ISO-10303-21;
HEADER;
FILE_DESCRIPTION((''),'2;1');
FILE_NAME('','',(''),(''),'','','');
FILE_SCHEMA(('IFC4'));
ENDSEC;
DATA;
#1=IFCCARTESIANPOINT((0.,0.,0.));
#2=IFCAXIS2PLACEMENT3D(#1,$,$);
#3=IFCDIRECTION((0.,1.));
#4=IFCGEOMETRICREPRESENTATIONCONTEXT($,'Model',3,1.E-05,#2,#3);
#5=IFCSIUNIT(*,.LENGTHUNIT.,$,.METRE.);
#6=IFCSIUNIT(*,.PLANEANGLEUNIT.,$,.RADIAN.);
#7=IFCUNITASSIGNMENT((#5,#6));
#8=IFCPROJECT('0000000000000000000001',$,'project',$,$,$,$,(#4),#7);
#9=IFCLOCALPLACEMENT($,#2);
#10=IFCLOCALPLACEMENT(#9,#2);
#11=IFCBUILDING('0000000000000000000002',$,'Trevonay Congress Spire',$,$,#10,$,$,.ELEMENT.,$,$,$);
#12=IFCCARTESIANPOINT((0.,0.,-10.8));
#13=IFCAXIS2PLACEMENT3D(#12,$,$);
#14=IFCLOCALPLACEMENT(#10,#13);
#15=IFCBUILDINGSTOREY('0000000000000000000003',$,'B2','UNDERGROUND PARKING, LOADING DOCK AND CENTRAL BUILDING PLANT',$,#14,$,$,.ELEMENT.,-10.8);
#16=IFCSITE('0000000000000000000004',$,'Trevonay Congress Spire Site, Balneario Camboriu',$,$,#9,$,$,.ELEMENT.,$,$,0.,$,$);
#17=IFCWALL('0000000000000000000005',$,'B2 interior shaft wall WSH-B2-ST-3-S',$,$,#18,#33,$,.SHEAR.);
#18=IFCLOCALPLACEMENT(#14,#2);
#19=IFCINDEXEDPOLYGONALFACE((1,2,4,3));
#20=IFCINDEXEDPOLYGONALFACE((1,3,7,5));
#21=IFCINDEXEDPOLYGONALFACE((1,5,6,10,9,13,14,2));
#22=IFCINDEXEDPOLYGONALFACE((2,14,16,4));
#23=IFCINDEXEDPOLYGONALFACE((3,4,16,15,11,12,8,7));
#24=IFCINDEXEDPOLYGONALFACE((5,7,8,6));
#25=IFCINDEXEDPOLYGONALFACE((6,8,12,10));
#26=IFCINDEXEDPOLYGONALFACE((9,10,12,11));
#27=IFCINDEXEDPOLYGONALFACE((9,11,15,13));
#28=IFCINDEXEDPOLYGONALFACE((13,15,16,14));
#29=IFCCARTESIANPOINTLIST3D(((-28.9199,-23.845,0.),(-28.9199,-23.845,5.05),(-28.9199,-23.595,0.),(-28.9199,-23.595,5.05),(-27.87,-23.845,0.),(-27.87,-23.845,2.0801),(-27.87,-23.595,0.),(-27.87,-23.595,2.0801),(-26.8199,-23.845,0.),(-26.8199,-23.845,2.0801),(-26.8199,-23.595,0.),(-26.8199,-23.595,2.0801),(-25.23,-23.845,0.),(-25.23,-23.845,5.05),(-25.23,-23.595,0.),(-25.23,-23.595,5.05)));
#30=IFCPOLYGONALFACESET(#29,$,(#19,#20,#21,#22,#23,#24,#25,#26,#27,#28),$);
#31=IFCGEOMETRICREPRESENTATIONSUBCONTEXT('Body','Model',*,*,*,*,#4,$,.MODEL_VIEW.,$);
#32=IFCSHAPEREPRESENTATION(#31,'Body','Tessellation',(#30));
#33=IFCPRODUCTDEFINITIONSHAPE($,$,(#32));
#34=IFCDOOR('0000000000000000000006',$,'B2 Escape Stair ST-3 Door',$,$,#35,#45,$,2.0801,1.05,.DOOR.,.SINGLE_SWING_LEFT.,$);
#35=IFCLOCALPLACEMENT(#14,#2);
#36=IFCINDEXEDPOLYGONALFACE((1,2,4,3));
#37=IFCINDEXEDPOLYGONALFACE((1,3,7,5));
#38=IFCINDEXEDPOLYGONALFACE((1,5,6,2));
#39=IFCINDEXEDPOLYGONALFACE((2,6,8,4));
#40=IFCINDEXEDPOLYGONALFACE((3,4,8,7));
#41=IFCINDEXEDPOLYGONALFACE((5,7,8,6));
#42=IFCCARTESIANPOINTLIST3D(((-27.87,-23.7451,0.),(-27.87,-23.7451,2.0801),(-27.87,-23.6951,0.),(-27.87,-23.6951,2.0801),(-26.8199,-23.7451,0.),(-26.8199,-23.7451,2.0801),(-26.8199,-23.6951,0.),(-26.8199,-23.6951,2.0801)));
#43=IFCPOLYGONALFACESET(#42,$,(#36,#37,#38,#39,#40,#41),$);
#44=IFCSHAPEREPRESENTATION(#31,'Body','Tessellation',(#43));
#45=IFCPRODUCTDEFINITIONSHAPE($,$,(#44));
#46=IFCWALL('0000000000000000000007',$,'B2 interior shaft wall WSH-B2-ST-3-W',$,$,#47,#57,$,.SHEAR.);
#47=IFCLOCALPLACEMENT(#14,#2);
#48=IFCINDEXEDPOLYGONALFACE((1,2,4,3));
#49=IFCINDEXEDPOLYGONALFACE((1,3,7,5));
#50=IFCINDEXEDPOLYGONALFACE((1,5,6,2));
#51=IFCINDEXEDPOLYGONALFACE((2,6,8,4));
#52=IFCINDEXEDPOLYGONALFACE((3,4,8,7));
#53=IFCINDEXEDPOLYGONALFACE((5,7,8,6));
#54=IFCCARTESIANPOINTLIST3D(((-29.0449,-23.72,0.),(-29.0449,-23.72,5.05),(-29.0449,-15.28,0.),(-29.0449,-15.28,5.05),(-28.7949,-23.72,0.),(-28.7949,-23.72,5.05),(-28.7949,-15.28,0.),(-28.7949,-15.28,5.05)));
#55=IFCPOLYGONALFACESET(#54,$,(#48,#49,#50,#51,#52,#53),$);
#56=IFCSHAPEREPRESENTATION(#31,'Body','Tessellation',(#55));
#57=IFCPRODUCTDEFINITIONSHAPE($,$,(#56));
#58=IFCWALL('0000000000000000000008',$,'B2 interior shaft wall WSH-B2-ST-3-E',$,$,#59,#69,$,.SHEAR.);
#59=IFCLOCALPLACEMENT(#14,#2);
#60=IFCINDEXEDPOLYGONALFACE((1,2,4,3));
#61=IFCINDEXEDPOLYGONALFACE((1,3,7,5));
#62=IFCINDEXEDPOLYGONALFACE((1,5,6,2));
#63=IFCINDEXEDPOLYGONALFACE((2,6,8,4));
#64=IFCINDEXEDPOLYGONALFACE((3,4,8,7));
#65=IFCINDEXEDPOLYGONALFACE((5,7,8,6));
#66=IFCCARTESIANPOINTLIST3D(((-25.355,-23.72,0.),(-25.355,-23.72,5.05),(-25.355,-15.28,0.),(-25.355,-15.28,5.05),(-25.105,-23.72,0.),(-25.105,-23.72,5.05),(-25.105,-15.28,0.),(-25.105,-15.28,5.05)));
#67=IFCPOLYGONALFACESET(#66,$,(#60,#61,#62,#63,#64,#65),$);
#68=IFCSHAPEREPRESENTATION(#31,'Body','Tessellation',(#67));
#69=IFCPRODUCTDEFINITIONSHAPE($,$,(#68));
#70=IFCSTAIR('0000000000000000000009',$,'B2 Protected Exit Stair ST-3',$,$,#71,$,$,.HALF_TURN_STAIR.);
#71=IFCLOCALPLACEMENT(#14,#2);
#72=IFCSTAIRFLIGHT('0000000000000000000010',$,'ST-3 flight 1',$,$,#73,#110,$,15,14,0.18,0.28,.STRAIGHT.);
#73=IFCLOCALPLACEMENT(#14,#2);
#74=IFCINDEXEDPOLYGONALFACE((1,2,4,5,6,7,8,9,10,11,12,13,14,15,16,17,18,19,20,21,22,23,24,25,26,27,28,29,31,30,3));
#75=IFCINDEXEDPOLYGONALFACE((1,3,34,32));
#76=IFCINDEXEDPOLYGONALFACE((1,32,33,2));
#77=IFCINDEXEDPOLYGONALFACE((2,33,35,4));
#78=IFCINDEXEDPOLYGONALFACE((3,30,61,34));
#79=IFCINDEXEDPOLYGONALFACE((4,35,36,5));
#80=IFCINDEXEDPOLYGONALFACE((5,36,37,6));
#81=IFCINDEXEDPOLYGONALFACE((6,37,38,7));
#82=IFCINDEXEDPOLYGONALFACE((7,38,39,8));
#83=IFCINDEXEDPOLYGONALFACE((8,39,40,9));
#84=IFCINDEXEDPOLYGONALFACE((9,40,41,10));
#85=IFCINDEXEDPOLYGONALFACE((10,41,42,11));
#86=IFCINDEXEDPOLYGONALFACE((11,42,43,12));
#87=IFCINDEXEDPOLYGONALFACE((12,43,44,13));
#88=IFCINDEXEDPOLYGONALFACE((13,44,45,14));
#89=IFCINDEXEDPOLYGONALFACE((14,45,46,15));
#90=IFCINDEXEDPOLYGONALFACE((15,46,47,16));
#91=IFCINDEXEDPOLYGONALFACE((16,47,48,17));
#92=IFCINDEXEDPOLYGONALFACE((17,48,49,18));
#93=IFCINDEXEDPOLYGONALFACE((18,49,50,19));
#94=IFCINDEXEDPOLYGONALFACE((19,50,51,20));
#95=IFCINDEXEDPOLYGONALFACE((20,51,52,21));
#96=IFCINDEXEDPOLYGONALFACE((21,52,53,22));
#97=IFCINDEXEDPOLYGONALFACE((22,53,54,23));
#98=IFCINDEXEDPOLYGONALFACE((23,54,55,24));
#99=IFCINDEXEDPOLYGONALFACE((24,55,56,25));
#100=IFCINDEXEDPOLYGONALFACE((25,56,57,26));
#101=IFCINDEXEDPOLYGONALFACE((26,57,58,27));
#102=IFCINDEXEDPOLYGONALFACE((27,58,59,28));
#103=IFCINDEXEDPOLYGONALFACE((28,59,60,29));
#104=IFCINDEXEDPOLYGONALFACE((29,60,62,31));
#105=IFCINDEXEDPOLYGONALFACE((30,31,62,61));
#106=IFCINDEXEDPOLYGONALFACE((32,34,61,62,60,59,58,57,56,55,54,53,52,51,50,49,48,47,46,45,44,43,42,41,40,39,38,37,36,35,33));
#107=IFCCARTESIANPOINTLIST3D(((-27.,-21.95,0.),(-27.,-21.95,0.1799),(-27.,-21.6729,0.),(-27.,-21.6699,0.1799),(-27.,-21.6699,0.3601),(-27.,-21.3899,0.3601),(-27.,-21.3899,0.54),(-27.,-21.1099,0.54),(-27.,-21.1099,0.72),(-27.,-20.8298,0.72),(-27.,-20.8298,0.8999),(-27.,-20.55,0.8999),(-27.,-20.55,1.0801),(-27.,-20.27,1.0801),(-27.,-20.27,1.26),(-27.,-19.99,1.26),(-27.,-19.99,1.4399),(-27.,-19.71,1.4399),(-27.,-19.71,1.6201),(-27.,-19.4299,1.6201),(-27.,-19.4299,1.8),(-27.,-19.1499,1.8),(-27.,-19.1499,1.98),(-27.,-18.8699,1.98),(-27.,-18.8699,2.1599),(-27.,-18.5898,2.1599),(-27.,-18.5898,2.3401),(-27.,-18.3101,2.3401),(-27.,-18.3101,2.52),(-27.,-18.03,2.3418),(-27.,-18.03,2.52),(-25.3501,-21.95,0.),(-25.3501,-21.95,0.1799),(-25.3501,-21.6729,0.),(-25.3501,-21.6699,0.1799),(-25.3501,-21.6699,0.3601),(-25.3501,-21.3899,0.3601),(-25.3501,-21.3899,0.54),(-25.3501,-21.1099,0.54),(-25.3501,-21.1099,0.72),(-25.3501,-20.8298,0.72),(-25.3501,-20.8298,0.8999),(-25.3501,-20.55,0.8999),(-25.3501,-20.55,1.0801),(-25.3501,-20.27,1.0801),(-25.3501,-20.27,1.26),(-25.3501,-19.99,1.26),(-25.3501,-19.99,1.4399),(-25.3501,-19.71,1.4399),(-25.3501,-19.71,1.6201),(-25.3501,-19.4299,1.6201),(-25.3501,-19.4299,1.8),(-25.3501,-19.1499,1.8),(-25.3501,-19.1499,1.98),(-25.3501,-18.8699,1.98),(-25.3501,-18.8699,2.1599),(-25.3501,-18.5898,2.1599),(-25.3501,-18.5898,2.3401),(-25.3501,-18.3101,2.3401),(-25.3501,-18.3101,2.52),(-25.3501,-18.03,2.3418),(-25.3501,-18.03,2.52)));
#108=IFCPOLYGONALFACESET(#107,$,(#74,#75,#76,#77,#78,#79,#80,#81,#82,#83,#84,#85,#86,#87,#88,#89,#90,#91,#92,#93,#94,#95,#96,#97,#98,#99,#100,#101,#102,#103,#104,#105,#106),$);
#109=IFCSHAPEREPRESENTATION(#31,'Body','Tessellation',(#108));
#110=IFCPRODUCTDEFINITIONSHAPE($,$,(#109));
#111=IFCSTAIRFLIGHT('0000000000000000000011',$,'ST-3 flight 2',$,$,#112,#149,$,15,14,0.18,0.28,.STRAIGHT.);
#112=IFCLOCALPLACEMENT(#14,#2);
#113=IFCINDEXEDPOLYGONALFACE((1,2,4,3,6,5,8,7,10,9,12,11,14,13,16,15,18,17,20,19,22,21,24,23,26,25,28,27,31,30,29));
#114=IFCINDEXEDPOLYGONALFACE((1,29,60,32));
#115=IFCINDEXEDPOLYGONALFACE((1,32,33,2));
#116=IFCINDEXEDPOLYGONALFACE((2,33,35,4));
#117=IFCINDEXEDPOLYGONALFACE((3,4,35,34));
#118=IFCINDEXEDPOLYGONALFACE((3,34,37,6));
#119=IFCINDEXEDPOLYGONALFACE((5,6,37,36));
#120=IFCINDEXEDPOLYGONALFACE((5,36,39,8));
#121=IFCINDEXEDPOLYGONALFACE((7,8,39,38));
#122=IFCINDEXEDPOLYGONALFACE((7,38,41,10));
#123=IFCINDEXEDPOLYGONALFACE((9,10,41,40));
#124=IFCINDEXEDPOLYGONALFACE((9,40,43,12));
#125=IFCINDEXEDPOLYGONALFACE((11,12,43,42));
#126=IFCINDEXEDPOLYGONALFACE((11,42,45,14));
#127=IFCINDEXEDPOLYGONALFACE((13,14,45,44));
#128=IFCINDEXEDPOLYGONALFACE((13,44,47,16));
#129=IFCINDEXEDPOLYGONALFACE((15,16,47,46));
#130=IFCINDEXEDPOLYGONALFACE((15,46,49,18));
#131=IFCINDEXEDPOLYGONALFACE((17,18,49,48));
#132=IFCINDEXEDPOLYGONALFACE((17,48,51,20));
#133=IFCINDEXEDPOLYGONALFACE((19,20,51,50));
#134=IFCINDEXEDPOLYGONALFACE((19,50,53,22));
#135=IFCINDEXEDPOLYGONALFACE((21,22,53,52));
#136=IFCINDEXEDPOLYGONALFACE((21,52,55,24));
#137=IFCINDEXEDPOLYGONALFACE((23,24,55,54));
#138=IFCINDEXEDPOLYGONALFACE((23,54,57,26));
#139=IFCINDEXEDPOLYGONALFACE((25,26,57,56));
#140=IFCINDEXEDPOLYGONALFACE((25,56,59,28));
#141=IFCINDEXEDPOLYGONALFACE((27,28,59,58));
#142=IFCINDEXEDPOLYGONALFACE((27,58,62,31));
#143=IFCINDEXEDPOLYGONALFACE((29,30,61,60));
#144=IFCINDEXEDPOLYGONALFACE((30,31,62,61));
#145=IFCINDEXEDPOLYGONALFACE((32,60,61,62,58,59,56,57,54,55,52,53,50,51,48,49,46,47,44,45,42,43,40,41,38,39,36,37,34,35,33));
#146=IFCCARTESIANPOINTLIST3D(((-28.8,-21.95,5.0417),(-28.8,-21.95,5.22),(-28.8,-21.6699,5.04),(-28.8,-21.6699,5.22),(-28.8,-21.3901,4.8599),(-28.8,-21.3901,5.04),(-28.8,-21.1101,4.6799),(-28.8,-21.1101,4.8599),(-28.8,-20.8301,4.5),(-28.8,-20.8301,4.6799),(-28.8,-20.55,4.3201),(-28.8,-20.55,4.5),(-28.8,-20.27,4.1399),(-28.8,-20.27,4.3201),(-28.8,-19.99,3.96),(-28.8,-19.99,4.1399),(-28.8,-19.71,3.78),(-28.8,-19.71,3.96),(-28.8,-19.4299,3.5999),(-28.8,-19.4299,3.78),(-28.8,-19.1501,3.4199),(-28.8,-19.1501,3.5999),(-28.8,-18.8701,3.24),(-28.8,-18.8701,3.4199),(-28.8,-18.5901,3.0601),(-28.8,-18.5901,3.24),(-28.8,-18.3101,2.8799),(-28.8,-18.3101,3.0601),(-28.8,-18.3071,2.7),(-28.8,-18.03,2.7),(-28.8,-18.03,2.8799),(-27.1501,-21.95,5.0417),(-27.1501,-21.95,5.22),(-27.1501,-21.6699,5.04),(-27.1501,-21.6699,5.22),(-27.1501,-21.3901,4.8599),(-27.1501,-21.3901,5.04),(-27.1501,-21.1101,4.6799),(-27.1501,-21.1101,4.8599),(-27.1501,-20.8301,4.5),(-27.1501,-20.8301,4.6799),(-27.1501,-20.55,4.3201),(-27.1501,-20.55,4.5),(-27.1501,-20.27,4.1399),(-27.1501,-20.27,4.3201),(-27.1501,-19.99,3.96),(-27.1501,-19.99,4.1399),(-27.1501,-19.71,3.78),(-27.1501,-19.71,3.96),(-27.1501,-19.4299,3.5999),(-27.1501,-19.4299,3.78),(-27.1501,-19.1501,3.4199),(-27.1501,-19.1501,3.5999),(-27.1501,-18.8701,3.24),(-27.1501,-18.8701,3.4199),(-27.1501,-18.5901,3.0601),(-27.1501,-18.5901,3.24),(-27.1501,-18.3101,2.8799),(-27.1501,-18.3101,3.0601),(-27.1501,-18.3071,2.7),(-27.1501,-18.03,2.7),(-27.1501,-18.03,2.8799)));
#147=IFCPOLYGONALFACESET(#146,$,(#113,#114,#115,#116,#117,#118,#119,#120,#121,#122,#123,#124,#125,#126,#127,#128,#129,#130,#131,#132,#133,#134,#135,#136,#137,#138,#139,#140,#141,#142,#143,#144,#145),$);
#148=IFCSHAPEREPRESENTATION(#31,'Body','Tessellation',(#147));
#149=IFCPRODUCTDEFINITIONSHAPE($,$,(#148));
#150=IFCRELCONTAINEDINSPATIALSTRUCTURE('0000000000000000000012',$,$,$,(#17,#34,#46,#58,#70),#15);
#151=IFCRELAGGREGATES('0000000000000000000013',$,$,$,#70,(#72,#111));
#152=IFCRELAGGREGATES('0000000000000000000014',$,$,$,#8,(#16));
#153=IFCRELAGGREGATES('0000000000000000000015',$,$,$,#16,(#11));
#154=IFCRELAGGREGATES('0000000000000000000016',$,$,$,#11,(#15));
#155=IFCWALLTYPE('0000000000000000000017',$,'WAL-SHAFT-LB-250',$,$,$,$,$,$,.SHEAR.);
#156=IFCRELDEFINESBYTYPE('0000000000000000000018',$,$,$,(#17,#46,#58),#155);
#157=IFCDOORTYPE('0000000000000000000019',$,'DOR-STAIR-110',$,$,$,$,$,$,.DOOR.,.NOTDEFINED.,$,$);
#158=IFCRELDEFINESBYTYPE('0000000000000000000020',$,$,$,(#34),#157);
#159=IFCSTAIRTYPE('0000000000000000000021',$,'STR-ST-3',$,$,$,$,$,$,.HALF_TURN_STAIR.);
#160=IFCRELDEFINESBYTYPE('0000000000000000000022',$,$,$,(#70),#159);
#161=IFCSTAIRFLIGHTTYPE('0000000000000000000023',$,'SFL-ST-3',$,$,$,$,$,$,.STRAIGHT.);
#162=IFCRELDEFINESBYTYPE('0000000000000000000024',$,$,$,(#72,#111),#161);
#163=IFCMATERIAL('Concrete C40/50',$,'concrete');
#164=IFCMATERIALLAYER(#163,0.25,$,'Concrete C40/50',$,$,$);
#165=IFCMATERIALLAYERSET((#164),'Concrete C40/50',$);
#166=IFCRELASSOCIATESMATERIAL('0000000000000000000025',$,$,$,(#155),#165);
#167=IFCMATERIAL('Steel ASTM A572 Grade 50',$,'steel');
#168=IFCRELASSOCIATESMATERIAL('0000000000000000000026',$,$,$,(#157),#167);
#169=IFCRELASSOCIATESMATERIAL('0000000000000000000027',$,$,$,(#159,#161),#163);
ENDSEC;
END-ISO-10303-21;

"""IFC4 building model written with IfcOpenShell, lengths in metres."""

from ifc_helpers import new_model, si_unit, direction, frame, frame_2d, origin, place, context, subcontext, project, spatial, polyline, rectangle, outline, extrude, material, layer, layer_set, type_object, element, fill, aggregate, save


model = new_model("IFC4")

# Units and contexts
model_context = context("Model", 3, precision=1e-05, world=origin(), true_north=direction((0.0, 1.0)))
body_context = subcontext(model_context, "Body", "Model", "MODEL_VIEW")
ifc_project = project(units=[si_unit("LENGTHUNIT", "METRE"), si_unit("PLANEANGLEUNIT", "RADIAN")], contexts=[model_context])

# Site, building, storey
site_placement = place(None, origin())
site = spatial("IfcSite", under=ifc_project, at=site_placement, Name="Trevonay Congress Spire Site, Balneario Camboriu", CompositionType="ELEMENT", RefElevation=0.0)
building_placement = place(site_placement, origin())
building = spatial("IfcBuilding", under=site, at=building_placement, Name="Trevonay Congress Spire", CompositionType="ELEMENT")
storey_placement = place(building_placement, frame((0.0, 0.0, -10.8)))
storey = spatial("IfcBuildingStorey", under=building, at=storey_placement, Name="B2", Description="UNDERGROUND PARKING, LOADING DOCK AND CENTRAL BUILDING PLANT", CompositionType="ELEMENT", Elevation=-10.8)

# Wall, opening, door
ifc_material_1 = material(Name="Concrete C40/50", Category="concrete")
ifc_layer_1 = layer(ifc_material_1, 0.25, Name="Concrete C40/50")
ifc_layer_set_1 = layer_set([ifc_layer_1], Name="Concrete C40/50")
wall_type_1 = type_object("IfcWallType", Name="WAL-SHAFT-LB-250", PredefinedType="SHEAR", material=ifc_layer_set_1)
wall_1_placement = place(storey_placement, frame((-28.9199, -23.72, 0.0), z_axis=(0.0, 0.0, 1.0), x_axis=(1.0, 0.0, 0.0)))
wall_1 = element("IfcWall", 1, at=wall_1_placement, inside=storey, type_object=wall_type_1, Name="B2 interior shaft wall WSH-B2-ST-3-S", PredefinedType="SHEAR", context=body_context, shape_type="SweptSolid", body=[
    extrude(rectangle(XDim=3.6899, YDim=0.25, at=frame_2d((1.845, 0.0))), origin(), (0.0, 0.0, 1.0), 5.05),
])
opening_placement = place(wall_1_placement, frame((1.05, 0.0, 0.0)))
opening = element("IfcOpeningElement", 2, at=opening_placement, cuts=wall_1, PredefinedType="OPENING", context=body_context, shape_type="SweptSolid", body=[
    extrude(rectangle(XDim=1.05, YDim=2.0801, at=frame_2d((0.5249, 1.04))), frame((0.0, 0.135, 0.0), z_axis=(0.0, -1.0, 0.0), x_axis=(1.0, 0.0, 0.0)), (0.0, 0.0, 1.0), 0.27),
])
ifc_material_2 = material(Name="Steel ASTM A572 Grade 50", Category="steel")
door_type = type_object("IfcDoorType", Name="DOR-STAIR-110", OperationType="NOTDEFINED", PredefinedType="DOOR", material=ifc_material_2)
door_placement = place(opening_placement, origin())
door = element("IfcDoor", 3, at=door_placement, inside=storey, type_object=door_type, Name="B2 Escape Stair ST-3 Door", OperationType="SINGLE_SWING_LEFT", OverallHeight=2.0801, OverallWidth=1.05, PredefinedType="DOOR", context=body_context, shape_type="SweptSolid", body=[
    extrude(rectangle(XDim=1.05, YDim=2.0801, at=frame_2d((0.5249, 1.04))), frame((0.0, 0.0249, 0.0), z_axis=(0.0, -1.0, 0.0), x_axis=(1.0, 0.0, 0.0)), (0.0, 0.0, 1.0), 0.05),
])
fill(opening, door)

# Walls
for number, where, z_axis, x_axis, name in (
    (4, (-28.9199, -23.72, 0.0), (0.0, 0.0, 1.0), (0.0, 1.0, 0.0), "B2 interior shaft wall WSH-B2-ST-3-W"),
    (5, (-25.23, -23.72, 0.0), (0.0, 0.0, 1.0), (0.0, 1.0, 0.0), "B2 interior shaft wall WSH-B2-ST-3-E"),
):
    element("IfcWall", number, at=place(storey_placement, frame(where, z_axis=z_axis, x_axis=x_axis)), inside=storey, type_object=wall_type_1, Name=name, PredefinedType="SHEAR", context=body_context, shape_type="SweptSolid", body=[
        extrude(rectangle(XDim=8.4399, YDim=0.25, at=frame_2d((4.22, 0.0))), origin(), (0.0, 0.0, 1.0), 5.05),
    ])

# Stair, stair flights
stair_type = type_object("IfcStairType", Name="STR-ST-3", PredefinedType="HALF_TURN_STAIR", material=ifc_material_1)
stair_placement = place(storey_placement, origin())
stair = element("IfcStair", 6, at=stair_placement, inside=storey, type_object=stair_type, Name="B2 Protected Exit Stair ST-3", PredefinedType="HALF_TURN_STAIR")
stair_flight_type = type_object("IfcStairFlightType", Name="SFL-ST-3", PredefinedType="STRAIGHT", material=ifc_material_1)
stair_flight_1_placement = place(storey_placement, frame((-26.175, -21.95, 0.0), z_axis=(0.0, 0.0, 1.0), x_axis=(0.0, 1.0, 0.0)))
stair_flight_1 = element("IfcStairFlight", 7, at=stair_flight_1_placement, type_object=stair_flight_type, Name="ST-3 flight 1", NumberOfRisers=15, NumberOfTreads=14, PredefinedType="STRAIGHT", RiserHeight=0.18, TreadLength=0.28, context=body_context, shape_type="SweptSolid", body=[
    extrude(outline(polyline([(0.0, 0.0), (0.0, 0.1799), (0.28, 0.1799), (0.28, 0.3601), (0.5601, 0.3601), (0.5601, 0.54), (0.8401, 0.54), (0.8401, 0.72), (1.1201, 0.72), (1.1201, 0.8999), (1.3999, 0.8999), (1.3999, 1.0801), (1.6799, 1.0801), (1.6799, 1.26), (1.96, 1.26), (1.96, 1.4399), (2.24, 1.4399), (2.24, 1.6201), (2.52, 1.6201), (2.52, 1.8), (2.8, 1.8), (2.8, 1.98), (3.0801, 1.98), (3.0801, 2.1599), (3.3601, 2.1599), (3.3601, 2.3401), (3.6399, 2.3401), (3.6399, 2.52), (3.9199, 2.52), (3.9199, 2.7), (3.9199, 2.3418), (0.2771, 0.0), (0.0, 0.0)])), frame((0.0, 0.825, 0.0), z_axis=(0.0, -1.0, 0.0), x_axis=(1.0, 0.0, 0.0)), (0.0, 0.0, 1.0), 1.6499),
])
stair_flight_2_placement = place(storey_placement, frame((-27.9751, -18.03, 2.7), z_axis=(0.0, 0.0, 1.0), x_axis=(0.0, -1.0, 0.0)))
stair_flight_2 = element("IfcStairFlight", 8, at=stair_flight_2_placement, type_object=stair_flight_type, Name="ST-3 flight 2", NumberOfRisers=15, NumberOfTreads=14, PredefinedType="STRAIGHT", RiserHeight=0.18, TreadLength=0.28, context=body_context, shape_type="SweptSolid", body=[
    extrude(outline(polyline([(0.0, 0.0), (0.0, 0.1799), (0.28, 0.1799), (0.28, 0.3601), (0.5601, 0.3601), (0.5601, 0.54), (0.8401, 0.54), (0.8401, 0.72), (1.1201, 0.72), (1.1201, 0.8999), (1.3999, 0.8999), (1.3999, 1.0801), (1.6799, 1.0801), (1.6799, 1.26), (1.96, 1.26), (1.96, 1.4399), (2.24, 1.4399), (2.24, 1.6201), (2.52, 1.6201), (2.52, 1.8), (2.8, 1.8), (2.8, 1.98), (3.0801, 1.98), (3.0801, 2.1599), (3.3601, 2.1599), (3.3601, 2.3401), (3.6399, 2.3401), (3.6399, 2.52), (3.9199, 2.52), (3.9199, 2.7), (3.9199, 2.3418), (0.2771, 0.0), (0.0, 0.0)])), frame((0.0, 0.825, 0.0), z_axis=(0.0, -1.0, 0.0), x_axis=(1.0, 0.0, 0.0)), (0.0, 0.0, 1.0), 1.6499),
])
aggregate(stair, [stair_flight_1, stair_flight_2])

save(model, "model.ifc")
